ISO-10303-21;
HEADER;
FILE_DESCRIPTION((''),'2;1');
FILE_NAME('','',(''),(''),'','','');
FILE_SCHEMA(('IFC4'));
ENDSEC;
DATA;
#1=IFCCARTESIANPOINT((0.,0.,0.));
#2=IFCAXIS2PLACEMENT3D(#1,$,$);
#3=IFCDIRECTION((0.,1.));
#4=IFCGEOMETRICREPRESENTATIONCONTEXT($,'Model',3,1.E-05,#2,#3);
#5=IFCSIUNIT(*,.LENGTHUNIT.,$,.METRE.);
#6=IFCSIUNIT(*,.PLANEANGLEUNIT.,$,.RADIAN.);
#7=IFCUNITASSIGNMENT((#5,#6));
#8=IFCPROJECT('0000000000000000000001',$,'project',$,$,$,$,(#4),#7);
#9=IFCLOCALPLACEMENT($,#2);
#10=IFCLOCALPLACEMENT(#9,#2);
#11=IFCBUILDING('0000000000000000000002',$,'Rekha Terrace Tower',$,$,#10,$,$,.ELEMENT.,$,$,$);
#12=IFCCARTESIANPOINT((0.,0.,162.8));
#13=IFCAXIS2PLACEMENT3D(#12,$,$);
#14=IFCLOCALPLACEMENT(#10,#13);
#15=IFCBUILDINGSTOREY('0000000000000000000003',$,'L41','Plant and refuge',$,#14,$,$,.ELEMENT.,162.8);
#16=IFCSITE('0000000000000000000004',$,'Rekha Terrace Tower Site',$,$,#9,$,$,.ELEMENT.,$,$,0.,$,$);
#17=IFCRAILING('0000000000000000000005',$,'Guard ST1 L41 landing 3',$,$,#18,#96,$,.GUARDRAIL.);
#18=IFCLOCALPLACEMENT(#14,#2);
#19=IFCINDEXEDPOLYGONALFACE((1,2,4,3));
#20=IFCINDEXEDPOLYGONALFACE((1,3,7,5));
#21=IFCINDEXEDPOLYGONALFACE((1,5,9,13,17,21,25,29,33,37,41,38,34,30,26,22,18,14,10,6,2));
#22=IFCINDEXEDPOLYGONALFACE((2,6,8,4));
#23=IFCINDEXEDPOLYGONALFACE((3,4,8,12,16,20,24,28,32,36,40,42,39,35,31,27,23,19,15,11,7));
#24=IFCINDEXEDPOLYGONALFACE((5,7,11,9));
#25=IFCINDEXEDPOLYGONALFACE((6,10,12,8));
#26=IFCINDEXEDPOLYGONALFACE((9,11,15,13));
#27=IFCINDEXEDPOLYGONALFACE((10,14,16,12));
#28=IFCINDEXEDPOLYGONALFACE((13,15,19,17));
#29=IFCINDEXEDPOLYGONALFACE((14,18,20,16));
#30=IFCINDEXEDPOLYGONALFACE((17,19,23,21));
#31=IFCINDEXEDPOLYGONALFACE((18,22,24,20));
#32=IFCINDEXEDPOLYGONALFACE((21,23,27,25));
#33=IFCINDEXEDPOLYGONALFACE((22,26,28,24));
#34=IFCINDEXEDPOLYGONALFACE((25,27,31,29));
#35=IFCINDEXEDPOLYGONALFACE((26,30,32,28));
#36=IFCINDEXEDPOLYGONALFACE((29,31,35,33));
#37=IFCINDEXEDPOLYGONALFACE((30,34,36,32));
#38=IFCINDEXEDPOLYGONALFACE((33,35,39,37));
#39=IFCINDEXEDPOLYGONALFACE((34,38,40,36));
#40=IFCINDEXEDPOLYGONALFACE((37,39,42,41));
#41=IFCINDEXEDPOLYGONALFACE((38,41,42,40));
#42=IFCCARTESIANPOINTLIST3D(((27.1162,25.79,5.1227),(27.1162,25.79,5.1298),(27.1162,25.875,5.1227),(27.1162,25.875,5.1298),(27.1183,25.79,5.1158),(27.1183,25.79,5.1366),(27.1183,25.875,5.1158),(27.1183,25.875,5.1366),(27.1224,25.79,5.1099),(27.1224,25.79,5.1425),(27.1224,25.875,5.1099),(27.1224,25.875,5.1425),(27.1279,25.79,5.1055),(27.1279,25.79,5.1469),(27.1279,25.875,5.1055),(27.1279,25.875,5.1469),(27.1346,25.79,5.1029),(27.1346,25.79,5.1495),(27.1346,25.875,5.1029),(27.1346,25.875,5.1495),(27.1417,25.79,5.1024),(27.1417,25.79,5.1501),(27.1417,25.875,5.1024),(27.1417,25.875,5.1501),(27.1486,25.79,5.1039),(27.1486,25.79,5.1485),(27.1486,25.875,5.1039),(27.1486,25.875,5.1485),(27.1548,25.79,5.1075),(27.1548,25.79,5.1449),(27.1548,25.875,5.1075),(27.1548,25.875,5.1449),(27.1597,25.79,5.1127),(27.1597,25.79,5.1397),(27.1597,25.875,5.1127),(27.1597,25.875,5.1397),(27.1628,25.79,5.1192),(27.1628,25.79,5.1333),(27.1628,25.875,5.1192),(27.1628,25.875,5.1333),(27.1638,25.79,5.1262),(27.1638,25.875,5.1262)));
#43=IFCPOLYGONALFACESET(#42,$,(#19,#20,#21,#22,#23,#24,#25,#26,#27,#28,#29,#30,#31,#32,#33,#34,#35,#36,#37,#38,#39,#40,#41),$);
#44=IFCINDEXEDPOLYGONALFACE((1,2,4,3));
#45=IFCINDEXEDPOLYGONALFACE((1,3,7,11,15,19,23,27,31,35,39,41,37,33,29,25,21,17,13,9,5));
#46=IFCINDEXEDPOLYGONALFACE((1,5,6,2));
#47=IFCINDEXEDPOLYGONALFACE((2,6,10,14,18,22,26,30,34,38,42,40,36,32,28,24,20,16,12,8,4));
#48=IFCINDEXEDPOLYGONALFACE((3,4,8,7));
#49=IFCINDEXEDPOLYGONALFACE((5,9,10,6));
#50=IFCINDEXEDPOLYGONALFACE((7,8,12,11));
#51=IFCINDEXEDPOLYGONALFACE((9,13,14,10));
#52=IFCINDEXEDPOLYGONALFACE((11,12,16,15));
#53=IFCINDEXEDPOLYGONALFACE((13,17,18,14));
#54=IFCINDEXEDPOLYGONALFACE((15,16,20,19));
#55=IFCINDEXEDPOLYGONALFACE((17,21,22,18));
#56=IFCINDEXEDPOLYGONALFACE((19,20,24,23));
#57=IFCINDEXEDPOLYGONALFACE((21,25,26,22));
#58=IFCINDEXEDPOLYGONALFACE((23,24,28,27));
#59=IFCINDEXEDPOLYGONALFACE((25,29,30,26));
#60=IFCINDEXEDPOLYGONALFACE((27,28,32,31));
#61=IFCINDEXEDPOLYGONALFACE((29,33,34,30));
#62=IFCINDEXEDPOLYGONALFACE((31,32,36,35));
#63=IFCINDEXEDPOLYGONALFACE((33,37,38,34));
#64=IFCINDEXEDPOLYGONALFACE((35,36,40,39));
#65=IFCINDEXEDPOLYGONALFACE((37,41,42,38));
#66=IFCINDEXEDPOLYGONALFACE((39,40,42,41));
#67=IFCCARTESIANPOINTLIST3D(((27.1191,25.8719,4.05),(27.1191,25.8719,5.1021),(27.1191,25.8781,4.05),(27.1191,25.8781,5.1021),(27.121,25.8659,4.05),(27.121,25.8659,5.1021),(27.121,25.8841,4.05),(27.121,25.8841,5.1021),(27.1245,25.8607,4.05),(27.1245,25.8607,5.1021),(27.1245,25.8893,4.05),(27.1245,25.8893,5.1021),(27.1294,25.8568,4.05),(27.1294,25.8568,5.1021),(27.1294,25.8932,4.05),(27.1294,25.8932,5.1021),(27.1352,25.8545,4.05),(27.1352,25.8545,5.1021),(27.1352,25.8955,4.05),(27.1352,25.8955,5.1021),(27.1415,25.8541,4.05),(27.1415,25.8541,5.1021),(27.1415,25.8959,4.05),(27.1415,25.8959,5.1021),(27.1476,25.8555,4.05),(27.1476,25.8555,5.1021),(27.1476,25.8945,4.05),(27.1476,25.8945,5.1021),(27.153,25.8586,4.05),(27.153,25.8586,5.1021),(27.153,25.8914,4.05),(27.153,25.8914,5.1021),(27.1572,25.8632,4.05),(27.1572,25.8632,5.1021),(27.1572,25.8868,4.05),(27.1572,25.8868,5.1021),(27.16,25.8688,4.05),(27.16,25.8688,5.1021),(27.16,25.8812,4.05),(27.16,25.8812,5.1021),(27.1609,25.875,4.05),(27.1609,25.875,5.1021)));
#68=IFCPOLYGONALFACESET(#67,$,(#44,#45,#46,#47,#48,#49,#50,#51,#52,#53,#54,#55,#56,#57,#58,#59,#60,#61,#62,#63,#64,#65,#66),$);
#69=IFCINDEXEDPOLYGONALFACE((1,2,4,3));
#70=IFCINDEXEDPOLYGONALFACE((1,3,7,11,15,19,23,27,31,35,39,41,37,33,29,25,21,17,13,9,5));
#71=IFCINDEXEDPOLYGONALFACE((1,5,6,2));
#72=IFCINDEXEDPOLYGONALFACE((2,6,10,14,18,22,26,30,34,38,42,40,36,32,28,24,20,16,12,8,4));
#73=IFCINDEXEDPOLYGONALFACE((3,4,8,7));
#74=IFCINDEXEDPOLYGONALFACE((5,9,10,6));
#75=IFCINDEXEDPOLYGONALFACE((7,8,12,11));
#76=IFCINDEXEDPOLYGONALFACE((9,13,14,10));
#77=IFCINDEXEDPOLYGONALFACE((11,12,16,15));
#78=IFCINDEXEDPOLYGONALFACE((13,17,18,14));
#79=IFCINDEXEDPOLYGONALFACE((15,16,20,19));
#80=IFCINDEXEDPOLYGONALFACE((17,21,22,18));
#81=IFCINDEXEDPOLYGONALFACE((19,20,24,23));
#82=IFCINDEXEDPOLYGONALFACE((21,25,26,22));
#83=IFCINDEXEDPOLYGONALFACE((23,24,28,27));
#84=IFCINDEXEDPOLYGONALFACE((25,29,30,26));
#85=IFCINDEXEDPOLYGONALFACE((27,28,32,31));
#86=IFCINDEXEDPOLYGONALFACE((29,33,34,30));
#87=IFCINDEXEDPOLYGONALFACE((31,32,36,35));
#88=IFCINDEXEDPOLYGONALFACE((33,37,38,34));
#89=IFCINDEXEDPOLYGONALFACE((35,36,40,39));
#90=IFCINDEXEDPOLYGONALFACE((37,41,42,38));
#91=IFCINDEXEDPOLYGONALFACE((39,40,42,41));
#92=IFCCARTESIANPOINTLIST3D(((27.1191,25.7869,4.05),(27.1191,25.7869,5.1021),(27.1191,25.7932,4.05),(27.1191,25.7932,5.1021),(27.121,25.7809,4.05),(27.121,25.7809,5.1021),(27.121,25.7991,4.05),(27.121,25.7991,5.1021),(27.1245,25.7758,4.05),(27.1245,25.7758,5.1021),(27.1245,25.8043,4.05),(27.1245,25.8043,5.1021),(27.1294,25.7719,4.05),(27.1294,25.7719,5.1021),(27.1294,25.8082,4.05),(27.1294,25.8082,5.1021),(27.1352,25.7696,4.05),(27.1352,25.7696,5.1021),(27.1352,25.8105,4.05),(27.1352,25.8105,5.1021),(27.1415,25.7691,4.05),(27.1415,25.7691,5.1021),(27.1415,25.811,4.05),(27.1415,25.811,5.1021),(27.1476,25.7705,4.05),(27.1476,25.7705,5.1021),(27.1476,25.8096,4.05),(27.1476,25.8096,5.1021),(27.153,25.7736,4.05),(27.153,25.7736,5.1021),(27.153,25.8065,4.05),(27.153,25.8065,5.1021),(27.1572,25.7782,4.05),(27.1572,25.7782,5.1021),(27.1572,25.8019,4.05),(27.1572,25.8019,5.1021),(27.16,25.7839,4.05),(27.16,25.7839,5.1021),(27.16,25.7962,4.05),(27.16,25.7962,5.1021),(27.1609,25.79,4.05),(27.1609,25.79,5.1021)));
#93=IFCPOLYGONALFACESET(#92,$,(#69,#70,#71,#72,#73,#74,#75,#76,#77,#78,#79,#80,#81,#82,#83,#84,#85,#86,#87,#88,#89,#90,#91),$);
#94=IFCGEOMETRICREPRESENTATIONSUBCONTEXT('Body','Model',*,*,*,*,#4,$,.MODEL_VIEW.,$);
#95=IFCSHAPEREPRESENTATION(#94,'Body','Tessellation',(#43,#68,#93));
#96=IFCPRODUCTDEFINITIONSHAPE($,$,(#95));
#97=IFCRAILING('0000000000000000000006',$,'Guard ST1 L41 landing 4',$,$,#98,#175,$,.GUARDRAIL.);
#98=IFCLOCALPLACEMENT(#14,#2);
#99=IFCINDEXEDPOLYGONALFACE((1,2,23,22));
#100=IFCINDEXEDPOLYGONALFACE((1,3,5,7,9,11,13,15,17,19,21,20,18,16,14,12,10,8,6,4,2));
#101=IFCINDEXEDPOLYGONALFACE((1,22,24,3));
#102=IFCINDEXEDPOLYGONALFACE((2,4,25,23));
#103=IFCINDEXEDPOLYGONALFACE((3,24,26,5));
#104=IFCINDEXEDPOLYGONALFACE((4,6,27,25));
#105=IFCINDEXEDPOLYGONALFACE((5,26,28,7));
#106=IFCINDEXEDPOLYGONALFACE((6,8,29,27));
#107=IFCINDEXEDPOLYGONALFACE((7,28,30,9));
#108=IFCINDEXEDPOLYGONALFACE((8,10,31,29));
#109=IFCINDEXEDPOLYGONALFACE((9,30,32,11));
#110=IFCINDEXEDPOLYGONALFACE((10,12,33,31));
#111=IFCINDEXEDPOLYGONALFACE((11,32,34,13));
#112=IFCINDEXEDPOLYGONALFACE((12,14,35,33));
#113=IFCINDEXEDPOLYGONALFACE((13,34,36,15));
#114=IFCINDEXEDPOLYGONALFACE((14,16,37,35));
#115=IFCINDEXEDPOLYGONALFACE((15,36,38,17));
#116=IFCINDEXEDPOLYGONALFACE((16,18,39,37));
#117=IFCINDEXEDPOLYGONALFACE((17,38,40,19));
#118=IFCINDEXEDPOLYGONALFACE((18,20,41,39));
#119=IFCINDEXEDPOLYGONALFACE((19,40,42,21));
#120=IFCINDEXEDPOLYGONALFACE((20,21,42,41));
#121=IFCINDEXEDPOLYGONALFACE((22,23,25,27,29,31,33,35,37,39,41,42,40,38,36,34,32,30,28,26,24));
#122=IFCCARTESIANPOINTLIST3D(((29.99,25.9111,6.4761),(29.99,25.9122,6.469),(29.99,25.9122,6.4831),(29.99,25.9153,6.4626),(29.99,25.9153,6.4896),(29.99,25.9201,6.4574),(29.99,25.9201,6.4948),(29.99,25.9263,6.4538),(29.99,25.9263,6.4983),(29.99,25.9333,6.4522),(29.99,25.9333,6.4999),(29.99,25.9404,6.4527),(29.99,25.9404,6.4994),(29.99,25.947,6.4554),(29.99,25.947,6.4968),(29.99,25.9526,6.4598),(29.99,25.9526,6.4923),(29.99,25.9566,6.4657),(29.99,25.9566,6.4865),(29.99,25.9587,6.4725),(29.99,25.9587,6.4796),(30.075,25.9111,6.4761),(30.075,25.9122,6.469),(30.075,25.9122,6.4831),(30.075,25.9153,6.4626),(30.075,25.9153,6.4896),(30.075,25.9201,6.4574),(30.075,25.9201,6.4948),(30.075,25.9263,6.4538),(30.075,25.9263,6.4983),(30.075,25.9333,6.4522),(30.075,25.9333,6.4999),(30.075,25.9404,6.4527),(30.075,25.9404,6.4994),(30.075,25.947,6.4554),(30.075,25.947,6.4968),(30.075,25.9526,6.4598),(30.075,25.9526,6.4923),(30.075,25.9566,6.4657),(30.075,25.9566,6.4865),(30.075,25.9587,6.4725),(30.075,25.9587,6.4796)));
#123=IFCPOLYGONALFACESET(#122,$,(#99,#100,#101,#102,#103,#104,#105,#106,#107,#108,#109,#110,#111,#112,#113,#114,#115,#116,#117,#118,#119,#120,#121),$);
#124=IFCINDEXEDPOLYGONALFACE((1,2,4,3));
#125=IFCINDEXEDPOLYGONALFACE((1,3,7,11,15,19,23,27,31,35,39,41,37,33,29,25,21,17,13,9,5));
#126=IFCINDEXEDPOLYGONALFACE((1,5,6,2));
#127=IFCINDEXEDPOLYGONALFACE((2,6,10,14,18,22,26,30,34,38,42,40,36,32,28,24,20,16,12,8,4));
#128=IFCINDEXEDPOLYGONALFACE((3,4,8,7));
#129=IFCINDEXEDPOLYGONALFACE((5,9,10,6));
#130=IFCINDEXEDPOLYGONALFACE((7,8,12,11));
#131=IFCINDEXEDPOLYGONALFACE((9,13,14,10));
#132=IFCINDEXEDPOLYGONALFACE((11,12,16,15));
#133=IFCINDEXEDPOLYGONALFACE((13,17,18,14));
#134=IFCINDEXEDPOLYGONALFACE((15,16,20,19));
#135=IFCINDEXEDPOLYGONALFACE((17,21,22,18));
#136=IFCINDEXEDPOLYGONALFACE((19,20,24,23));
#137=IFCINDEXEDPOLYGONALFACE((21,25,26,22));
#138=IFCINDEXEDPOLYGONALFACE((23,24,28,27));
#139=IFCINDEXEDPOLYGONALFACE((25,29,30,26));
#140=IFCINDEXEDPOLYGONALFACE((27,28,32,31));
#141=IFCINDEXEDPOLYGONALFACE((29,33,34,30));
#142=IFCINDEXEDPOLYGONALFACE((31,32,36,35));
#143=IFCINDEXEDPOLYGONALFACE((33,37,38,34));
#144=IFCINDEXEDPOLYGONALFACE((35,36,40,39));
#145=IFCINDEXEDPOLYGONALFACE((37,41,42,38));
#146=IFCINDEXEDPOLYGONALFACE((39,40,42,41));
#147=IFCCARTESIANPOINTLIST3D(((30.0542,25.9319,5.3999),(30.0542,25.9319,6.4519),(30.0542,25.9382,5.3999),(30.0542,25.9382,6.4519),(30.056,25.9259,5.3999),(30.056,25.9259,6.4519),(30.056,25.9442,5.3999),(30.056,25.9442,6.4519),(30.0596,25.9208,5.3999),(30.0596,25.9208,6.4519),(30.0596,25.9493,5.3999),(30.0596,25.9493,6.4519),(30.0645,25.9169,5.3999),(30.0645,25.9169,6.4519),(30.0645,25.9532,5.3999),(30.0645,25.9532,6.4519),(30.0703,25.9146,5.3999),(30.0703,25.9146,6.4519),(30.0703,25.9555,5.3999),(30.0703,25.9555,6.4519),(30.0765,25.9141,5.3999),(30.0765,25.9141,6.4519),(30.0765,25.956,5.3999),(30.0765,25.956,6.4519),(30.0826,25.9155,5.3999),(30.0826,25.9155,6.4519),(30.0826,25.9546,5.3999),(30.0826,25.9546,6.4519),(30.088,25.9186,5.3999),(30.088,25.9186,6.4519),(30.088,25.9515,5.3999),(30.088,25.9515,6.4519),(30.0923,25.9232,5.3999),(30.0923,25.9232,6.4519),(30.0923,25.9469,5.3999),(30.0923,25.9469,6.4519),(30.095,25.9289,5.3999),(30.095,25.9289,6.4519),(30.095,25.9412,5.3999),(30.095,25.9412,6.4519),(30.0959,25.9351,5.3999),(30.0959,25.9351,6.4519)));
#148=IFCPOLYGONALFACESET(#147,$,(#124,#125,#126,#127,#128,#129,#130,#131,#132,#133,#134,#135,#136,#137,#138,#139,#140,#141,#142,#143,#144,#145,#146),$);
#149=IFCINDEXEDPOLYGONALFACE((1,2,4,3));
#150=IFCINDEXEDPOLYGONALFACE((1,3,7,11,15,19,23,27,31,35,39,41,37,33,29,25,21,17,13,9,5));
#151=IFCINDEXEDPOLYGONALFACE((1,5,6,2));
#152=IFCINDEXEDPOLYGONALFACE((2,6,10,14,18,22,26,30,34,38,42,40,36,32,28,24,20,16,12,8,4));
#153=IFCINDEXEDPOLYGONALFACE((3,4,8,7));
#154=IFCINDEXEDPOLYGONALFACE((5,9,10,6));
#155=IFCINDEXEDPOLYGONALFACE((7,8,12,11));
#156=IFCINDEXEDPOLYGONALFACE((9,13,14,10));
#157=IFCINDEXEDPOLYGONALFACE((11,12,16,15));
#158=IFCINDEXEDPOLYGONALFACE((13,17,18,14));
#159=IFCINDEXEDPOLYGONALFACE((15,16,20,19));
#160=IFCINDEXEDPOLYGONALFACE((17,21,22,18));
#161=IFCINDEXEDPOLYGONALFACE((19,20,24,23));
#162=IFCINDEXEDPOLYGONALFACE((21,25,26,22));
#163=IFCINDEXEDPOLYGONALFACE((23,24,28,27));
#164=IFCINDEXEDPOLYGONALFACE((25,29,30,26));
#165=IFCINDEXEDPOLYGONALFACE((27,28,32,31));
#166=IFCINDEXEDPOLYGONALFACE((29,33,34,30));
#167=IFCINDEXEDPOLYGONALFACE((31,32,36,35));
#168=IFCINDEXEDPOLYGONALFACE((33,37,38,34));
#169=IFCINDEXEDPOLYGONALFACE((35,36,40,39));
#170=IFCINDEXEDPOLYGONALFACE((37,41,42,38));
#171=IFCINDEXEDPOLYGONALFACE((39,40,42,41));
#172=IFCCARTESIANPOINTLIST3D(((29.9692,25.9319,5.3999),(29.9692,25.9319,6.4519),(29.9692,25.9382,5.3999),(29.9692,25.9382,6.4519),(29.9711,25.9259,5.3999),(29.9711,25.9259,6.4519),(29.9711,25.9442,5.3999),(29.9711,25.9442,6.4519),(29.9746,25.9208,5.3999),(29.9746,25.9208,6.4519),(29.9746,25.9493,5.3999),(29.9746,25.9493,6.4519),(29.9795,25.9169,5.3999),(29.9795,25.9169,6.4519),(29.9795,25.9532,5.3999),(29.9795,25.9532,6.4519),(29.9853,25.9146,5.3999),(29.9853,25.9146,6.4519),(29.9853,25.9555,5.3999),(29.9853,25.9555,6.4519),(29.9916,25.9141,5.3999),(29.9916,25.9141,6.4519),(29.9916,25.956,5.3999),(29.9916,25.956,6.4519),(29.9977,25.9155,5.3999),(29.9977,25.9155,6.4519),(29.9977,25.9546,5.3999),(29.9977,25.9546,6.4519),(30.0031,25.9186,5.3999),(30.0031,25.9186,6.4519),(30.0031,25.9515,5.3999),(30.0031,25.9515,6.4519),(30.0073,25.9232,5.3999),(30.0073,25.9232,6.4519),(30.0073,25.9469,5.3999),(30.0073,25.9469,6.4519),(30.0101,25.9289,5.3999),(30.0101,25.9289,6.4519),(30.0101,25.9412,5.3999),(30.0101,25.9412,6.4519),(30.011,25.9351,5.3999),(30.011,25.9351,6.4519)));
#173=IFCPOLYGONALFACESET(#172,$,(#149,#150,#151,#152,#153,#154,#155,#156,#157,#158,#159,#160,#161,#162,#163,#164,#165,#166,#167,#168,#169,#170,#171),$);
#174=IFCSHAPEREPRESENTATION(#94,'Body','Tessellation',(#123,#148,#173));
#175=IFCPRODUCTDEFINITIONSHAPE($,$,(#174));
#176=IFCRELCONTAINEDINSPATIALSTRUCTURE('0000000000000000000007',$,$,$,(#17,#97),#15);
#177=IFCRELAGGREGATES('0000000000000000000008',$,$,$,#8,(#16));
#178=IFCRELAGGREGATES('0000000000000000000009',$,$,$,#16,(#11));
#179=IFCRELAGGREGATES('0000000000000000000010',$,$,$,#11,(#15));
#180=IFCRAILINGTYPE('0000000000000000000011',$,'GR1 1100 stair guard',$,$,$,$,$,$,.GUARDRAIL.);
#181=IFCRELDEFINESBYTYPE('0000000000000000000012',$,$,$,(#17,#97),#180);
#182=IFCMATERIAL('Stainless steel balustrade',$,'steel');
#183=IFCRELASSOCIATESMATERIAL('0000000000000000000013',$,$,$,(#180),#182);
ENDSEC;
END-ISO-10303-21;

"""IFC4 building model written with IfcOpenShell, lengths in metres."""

from ifc_helpers import new_model, si_unit, direction, frame, origin, origin_2d, place, context, subcontext, project, spatial, circle, extrude, material, type_object, element, save


model = new_model("IFC4")

# Units and contexts
model_context = context("Model", 3, precision=1e-05, world=origin(), true_north=direction((0.0, 1.0)))
body_context = subcontext(model_context, "Body", "Model", "MODEL_VIEW")
ifc_project = project(units=[si_unit("LENGTHUNIT", "METRE"), si_unit("PLANEANGLEUNIT", "RADIAN")], contexts=[model_context])

# Site, building, storey
site_placement = place(None, origin())
site = spatial("IfcSite", under=ifc_project, at=site_placement, Name="Rekha Terrace Tower Site", CompositionType="ELEMENT", RefElevation=0.0)
building_placement = place(site_placement, origin())
building = spatial("IfcBuilding", under=site, at=building_placement, Name="Rekha Terrace Tower", CompositionType="ELEMENT")
storey_placement = place(building_placement, frame((0.0, 0.0, 162.8)))
storey = spatial("IfcBuildingStorey", under=building, at=storey_placement, Name="L41", Description="Plant and refuge", CompositionType="ELEMENT", Elevation=162.8)

# Railings
ifc_material_1 = material(Name="Stainless steel balustrade", Category="steel")
railing_type_1 = type_object("IfcRailingType", Name="GR1 1100 stair guard", PredefinedType="GUARDRAIL", material=ifc_material_1)
railing_1_placement = place(storey_placement, frame((27.1399, 25.875, 4.05)))
element("IfcRailing", 1, at=railing_1_placement, inside=storey, type_object=railing_type_1, Name="Guard ST1 L41 landing 3", PredefinedType="GUARDRAIL", context=body_context, shape_type="SweptSolid", body=[
    extrude(circle(Radius=0.0239, at=origin_2d()), frame((0.0, 0.0, 1.0762), z_axis=(0.0, -1.0, 0.0), x_axis=(1.0, 0.0, 0.0)), (0.0, 0.0, 1.0), 0.085),
    extrude(circle(Radius=0.021, at=origin_2d()), origin(), (0.0, 0.0, 1.0), 1.052),
    extrude(circle(Radius=0.021, at=origin_2d()), frame((0.0, -0.085, 0.0)), (0.0, 0.0, 1.0), 1.052),
])
railing_2_placement = place(storey_placement, frame((30.075, 25.9351, 5.3999)))
element("IfcRailing", 2, at=railing_2_placement, inside=storey, type_object=railing_type_1, Name="Guard ST1 L41 landing 4", PredefinedType="GUARDRAIL", context=body_context, shape_type="SweptSolid", body=[
    extrude(circle(Radius=0.0239, at=origin_2d()), frame((0.0, 0.0, 1.0762), z_axis=(-1.0, 0.0, 0.0), x_axis=(0.0, -1.0, 0.0)), (0.0, 0.0, 1.0), 0.085),
    extrude(circle(Radius=0.021, at=origin_2d()), origin(), (0.0, 0.0, 1.0), 1.052),
    extrude(circle(Radius=0.021, at=origin_2d()), frame((-0.085, 0.0, 0.0)), (0.0, 0.0, 1.0), 1.052),
])

save(model, "model.ifc")
